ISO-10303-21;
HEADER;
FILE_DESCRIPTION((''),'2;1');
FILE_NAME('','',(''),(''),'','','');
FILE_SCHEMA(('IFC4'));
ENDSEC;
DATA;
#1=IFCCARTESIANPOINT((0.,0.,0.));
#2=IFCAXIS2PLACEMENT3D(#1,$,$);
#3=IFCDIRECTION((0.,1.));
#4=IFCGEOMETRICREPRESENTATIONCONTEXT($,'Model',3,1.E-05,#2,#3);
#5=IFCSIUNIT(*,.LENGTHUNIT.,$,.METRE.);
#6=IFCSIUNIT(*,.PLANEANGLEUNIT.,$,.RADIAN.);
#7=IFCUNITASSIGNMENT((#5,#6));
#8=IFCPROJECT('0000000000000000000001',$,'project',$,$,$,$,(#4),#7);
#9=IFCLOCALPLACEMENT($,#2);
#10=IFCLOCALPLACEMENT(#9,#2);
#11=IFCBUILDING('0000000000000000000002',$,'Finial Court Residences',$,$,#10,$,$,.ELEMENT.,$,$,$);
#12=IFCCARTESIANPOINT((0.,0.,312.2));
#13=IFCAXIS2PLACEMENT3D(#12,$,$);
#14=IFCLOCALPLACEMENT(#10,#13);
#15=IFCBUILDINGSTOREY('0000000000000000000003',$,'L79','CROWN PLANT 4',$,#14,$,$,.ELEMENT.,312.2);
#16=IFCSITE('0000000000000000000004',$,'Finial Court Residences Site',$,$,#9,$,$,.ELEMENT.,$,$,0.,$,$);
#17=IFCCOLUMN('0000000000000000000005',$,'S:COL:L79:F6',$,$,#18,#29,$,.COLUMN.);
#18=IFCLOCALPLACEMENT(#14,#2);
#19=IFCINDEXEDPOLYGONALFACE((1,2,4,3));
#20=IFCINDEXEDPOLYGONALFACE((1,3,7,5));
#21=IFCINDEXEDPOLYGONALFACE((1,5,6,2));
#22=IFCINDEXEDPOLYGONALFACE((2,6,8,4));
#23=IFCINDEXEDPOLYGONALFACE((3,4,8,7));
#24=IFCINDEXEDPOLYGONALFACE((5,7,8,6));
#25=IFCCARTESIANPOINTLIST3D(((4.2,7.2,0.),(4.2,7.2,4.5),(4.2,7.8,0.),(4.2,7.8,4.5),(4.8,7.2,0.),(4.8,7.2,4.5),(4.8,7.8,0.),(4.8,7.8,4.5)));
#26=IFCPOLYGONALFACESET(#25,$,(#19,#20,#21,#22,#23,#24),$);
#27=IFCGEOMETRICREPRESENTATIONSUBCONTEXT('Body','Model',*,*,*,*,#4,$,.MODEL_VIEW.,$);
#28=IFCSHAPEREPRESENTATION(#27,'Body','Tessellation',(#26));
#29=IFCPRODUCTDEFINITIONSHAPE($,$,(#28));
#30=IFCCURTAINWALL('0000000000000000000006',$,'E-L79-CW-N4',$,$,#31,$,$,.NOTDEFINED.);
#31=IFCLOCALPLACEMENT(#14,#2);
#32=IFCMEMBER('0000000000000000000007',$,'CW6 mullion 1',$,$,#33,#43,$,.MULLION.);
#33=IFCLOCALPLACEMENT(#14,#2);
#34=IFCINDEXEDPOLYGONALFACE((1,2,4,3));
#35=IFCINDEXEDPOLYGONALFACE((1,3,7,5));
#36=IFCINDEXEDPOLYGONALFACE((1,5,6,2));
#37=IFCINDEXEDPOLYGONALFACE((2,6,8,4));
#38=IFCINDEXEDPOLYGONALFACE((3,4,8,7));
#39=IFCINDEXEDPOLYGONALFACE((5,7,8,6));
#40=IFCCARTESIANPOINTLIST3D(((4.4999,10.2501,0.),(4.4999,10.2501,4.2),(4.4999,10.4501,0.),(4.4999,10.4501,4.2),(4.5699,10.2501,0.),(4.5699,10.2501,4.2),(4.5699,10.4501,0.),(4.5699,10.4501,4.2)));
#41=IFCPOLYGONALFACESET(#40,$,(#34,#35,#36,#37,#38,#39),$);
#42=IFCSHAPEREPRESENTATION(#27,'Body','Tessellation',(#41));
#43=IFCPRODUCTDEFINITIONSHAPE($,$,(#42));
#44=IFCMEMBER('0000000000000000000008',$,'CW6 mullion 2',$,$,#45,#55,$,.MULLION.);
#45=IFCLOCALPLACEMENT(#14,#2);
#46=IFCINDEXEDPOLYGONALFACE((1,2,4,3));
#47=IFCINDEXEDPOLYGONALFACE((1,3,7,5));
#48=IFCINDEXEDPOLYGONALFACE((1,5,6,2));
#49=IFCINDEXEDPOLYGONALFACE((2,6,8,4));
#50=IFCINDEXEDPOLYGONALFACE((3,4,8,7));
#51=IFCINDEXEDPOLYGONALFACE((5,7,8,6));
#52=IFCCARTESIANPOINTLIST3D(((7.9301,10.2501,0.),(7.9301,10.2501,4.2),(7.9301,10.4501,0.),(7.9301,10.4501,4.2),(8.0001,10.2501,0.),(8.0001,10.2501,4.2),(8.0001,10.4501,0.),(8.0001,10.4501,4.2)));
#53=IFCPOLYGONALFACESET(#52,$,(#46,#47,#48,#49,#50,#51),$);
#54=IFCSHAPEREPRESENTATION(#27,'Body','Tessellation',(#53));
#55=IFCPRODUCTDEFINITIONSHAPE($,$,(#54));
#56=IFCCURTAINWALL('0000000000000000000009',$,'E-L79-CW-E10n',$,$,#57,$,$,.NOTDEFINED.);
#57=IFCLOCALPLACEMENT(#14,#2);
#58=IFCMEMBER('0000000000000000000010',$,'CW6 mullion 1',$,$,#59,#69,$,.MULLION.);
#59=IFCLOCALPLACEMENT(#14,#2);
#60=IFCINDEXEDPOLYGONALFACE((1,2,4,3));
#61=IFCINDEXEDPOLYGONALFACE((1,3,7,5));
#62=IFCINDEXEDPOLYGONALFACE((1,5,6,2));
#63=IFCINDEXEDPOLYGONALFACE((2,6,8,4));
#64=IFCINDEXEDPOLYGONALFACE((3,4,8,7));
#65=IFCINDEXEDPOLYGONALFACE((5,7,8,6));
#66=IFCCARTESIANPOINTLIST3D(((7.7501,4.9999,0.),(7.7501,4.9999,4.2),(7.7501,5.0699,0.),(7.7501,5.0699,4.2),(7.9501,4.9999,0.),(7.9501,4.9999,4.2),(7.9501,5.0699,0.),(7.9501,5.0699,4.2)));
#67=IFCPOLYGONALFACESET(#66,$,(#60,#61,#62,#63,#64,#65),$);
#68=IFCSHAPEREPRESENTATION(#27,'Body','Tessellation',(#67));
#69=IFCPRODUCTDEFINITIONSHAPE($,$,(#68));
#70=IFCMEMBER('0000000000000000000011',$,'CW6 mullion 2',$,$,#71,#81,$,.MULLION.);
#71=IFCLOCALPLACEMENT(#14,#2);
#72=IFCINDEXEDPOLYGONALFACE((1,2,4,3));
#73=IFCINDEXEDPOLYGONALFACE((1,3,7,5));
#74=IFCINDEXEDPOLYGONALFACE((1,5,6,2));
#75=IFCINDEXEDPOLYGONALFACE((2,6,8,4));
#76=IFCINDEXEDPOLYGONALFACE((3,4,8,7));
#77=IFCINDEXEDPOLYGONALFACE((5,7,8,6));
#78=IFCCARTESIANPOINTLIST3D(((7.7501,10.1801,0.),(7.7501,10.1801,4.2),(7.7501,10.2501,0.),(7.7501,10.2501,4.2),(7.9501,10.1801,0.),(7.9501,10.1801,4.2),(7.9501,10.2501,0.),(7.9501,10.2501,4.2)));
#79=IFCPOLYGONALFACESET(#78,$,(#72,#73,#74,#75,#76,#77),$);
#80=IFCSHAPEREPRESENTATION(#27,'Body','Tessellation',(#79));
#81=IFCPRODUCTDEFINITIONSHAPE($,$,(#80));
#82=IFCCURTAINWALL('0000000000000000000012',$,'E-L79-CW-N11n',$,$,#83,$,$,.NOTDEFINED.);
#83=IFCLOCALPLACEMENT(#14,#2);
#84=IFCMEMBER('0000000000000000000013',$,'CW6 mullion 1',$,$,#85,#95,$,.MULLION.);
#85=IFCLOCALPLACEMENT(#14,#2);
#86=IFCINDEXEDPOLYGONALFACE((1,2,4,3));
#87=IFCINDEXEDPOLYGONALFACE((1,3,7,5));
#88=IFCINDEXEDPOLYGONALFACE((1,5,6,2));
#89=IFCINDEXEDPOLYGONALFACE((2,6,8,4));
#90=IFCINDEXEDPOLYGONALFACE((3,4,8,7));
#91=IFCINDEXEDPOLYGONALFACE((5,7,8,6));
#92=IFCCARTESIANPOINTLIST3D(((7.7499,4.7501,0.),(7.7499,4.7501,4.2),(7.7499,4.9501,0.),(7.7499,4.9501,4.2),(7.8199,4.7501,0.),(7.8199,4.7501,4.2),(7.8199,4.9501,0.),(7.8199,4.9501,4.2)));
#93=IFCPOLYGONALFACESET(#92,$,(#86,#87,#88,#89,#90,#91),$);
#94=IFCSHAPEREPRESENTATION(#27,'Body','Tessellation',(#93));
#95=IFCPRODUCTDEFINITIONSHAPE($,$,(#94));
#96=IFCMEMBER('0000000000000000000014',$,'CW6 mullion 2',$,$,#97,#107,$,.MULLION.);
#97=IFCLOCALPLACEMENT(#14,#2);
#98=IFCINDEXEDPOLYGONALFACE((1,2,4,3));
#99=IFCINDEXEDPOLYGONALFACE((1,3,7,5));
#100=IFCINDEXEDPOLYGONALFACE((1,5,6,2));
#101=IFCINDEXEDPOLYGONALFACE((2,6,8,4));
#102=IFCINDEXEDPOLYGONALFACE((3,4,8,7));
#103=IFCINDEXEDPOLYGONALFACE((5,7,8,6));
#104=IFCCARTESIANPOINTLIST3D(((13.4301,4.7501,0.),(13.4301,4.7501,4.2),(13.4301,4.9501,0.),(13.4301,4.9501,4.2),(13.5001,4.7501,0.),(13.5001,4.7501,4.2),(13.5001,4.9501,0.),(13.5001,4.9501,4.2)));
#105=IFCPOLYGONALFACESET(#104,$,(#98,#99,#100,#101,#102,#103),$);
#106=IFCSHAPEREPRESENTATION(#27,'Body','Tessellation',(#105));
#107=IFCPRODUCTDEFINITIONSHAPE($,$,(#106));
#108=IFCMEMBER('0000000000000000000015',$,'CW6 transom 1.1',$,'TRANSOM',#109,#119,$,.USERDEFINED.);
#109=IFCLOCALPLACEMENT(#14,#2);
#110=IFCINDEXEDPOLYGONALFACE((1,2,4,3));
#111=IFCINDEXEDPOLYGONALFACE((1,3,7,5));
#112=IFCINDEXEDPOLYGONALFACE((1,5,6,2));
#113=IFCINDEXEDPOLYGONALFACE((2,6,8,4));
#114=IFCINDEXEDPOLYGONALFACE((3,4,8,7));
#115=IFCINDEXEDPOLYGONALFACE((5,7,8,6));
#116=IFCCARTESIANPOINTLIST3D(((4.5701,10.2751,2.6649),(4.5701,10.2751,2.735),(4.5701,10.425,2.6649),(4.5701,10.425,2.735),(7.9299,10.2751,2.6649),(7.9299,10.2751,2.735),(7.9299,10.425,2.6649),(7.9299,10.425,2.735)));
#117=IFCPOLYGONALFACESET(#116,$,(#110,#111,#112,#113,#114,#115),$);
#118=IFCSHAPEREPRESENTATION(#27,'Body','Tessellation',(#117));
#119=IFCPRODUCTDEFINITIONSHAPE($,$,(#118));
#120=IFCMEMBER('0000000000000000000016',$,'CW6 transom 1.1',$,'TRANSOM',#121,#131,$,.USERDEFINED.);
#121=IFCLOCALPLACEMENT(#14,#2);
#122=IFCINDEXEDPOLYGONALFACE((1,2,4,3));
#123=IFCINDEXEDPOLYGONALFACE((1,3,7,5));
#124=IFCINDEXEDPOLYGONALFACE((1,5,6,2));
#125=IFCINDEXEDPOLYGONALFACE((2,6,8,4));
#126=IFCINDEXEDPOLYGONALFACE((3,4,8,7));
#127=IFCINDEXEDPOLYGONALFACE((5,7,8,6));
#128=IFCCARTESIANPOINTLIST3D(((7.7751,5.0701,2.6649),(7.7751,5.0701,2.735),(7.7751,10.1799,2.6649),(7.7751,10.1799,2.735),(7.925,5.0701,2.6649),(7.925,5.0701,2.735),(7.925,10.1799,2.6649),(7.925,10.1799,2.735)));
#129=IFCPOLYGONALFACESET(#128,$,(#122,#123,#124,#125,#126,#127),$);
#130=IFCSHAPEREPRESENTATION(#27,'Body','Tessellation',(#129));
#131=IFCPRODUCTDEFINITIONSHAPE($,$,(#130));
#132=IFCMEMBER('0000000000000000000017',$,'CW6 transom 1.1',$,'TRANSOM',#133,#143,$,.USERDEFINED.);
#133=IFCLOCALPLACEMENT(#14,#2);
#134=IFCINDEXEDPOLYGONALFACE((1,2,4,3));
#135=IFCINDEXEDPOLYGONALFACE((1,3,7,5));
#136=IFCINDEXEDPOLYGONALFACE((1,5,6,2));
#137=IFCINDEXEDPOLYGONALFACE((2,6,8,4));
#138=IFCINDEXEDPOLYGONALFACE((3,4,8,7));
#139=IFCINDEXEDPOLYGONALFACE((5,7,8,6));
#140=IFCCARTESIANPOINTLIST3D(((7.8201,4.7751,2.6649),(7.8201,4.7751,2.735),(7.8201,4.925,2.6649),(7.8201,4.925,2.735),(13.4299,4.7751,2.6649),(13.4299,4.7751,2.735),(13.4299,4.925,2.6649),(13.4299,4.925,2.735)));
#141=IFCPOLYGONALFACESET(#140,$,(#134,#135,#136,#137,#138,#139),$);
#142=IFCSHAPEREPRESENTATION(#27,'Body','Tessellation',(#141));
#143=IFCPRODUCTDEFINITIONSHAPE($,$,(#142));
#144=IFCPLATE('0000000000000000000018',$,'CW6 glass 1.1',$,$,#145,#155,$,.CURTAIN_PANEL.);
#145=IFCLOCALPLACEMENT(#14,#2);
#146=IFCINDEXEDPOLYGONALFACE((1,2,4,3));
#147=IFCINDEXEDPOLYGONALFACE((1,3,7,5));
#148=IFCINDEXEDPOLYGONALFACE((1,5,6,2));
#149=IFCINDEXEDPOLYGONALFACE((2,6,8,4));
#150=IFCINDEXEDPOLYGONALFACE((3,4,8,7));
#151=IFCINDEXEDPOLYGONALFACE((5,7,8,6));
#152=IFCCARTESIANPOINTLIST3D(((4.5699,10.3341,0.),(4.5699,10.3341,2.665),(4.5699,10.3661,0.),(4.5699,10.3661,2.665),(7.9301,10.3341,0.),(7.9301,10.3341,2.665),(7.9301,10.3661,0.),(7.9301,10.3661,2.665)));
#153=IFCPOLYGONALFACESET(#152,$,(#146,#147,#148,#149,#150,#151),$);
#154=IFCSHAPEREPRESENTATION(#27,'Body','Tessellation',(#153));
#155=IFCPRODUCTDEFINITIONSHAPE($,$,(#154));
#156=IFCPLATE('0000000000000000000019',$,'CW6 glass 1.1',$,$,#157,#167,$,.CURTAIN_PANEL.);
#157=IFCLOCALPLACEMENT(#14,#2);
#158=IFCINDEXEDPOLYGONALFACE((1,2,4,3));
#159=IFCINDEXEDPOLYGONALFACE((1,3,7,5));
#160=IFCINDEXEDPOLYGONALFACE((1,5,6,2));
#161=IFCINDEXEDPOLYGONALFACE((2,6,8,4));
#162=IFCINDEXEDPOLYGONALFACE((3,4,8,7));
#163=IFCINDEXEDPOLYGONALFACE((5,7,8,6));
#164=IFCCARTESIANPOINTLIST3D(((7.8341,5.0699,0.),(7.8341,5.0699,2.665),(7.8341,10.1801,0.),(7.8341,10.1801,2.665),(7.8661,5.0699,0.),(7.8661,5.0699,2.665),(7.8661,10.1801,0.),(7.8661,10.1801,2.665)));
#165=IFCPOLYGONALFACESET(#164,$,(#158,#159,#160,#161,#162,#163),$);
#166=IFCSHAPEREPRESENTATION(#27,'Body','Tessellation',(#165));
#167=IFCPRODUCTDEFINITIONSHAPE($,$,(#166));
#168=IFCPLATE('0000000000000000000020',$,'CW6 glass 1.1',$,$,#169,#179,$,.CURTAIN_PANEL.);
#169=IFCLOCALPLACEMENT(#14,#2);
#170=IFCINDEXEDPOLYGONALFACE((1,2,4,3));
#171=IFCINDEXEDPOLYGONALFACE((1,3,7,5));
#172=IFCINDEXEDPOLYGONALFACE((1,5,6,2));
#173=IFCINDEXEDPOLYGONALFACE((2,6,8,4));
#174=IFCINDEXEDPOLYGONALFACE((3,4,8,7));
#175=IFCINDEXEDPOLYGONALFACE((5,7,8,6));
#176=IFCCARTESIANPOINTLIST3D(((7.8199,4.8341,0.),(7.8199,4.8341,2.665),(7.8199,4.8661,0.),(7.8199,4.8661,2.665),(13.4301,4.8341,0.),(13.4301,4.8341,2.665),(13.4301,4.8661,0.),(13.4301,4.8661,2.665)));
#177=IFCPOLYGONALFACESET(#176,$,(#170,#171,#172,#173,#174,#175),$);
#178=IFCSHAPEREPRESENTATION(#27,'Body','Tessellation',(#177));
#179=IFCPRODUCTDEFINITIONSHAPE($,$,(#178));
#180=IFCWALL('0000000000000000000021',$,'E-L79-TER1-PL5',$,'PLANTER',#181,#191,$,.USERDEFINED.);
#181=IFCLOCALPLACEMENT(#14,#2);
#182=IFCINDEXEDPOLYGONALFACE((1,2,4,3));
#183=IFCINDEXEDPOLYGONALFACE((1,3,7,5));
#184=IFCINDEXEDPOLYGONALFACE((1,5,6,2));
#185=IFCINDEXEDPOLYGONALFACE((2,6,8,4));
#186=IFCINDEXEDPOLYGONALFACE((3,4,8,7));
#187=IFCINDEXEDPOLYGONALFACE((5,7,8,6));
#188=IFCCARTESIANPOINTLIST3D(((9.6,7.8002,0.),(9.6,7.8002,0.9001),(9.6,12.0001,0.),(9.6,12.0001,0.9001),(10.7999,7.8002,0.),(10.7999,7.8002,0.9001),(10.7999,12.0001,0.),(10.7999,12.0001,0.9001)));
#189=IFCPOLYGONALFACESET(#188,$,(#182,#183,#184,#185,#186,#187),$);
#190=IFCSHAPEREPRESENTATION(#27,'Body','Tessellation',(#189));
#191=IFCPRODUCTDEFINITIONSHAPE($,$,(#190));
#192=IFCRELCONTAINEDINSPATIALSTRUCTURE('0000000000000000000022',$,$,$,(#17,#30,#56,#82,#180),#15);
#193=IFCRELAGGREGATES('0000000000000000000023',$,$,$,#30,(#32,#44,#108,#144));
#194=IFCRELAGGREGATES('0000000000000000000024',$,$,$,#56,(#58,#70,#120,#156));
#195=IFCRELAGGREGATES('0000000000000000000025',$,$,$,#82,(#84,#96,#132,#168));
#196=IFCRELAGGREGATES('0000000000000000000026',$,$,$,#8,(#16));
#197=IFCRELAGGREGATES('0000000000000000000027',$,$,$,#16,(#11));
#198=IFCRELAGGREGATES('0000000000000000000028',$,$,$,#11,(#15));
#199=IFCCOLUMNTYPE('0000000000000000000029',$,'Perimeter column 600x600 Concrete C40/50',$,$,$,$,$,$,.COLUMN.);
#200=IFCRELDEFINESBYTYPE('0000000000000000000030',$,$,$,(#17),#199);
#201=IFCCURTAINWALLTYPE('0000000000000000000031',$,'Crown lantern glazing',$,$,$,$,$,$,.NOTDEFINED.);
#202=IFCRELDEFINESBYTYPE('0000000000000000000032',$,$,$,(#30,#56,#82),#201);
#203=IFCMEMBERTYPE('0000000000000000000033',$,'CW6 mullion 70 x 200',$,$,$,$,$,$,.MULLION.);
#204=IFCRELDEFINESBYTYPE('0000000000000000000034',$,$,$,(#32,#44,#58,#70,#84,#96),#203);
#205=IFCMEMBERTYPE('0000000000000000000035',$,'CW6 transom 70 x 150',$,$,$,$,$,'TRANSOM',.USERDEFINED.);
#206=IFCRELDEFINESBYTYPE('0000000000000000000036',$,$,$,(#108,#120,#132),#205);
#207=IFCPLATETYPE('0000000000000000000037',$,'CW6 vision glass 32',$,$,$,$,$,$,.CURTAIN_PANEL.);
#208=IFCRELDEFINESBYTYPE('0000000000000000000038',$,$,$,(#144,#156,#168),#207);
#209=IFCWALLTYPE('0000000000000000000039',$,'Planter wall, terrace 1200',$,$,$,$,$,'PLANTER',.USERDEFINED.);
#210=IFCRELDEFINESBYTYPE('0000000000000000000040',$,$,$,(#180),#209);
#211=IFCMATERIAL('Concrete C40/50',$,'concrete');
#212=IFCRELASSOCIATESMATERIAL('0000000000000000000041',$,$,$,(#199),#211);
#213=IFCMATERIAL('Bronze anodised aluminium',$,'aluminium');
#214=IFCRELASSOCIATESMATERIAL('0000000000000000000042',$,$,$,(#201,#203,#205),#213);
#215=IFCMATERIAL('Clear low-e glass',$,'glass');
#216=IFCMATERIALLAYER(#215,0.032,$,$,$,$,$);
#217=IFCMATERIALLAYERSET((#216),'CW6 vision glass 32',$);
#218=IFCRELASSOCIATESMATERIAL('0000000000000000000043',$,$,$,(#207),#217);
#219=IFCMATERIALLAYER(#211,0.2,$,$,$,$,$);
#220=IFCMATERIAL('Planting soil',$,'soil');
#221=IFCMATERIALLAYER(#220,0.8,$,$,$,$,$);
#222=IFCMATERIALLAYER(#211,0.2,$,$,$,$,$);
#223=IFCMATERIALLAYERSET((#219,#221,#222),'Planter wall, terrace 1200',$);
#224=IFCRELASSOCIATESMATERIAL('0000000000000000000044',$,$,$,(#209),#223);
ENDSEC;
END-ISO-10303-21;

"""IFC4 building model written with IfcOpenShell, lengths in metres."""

from ifc_helpers import new_model, si_unit, direction, frame, frame_2d, origin, origin_2d, place, context, subcontext, project, spatial, rectangle, extrude, material, layer, layer_set, material_profile, profile_set, type_object, element, aggregate, save


model = new_model("IFC4")

# Units and contexts
model_context = context("Model", 3, precision=1e-05, world=origin(), true_north=direction((0.0, 1.0)))
body_context = subcontext(model_context, "Body", "Model", "MODEL_VIEW")
ifc_project = project(units=[si_unit("LENGTHUNIT", "METRE"), si_unit("PLANEANGLEUNIT", "RADIAN")], contexts=[model_context])

# Site, building, storey
site_placement = place(None, origin())
site = spatial("IfcSite", under=ifc_project, at=site_placement, Name="Finial Court Residences Site", CompositionType="ELEMENT", RefElevation=0.0)
building_placement = place(site_placement, origin())
building = spatial("IfcBuilding", under=site, at=building_placement, Name="Finial Court Residences", CompositionType="ELEMENT")
storey_placement = place(building_placement, frame((0.0, 0.0, 312.2)))
storey = spatial("IfcBuildingStorey", under=building, at=storey_placement, Name="L79", Description="CROWN PLANT 4", CompositionType="ELEMENT", Elevation=312.2)

# Column
ifc_material_1 = material(Name="Concrete C40/50", Category="concrete")
ifc_material_profile_1 = material_profile(ifc_material_1, rectangle(XDim=0.6001, YDim=0.6001, at=origin_2d()), Name="600x600")
ifc_profile_set_1 = profile_set([ifc_material_profile_1], Name="Concrete C40/50")
column_type = type_object("IfcColumnType", Name="Perimeter column 600x600 Concrete C40/50", PredefinedType="COLUMN", material=ifc_profile_set_1)
column_placement = place(storey_placement, frame((4.5, 7.5, 0.0), z_axis=(0.0, 0.0, 1.0), x_axis=(1.0, 0.0, 0.0)))
element("IfcColumn", 1, at=column_placement, inside=storey, type_object=column_type, Name="S:COL:L79:F6", PredefinedType="COLUMN", context=body_context, shape_type="SweptSolid", body=[
    extrude(rectangle(XDim=0.6001, YDim=0.6001, at=origin_2d()), origin(), (0.0, 0.0, 1.0), 4.5),
])

# Curtain walls, members
ifc_material_2 = material(Name="Bronze anodised aluminium", Category="aluminium")
curtain_wall_type = type_object("IfcCurtainWallType", Name="Crown lantern glazing", PredefinedType="NOTDEFINED", material=ifc_material_2)
curtain_wall_1_placement = place(storey_placement, origin())
curtain_wall_1 = element("IfcCurtainWall", 2, at=curtain_wall_1_placement, inside=storey, type_object=curtain_wall_type, Name="E-L79-CW-N4", PredefinedType="NOTDEFINED")
ifc_material_profile_2 = material_profile(ifc_material_2, rectangle(XDim=0.2, YDim=0.0701, at=origin_2d()), Name="CW6 mullion 70 x 200")
ifc_profile_set_2 = profile_set([ifc_material_profile_2], Name="Bronze anodised aluminium")
member_type_1 = type_object("IfcMemberType", Name="CW6 mullion 70 x 200", PredefinedType="MULLION", material=ifc_profile_set_2)
member_1_placement = place(storey_placement, frame((4.5349, 10.3501, 0.0), z_axis=(0.0, 0.0, 1.0), x_axis=(0.0, 1.0, 0.0)))
member_1 = element("IfcMember", 3, at=member_1_placement, type_object=member_type_1, Name="CW6 mullion 1", PredefinedType="MULLION", context=body_context, shape_type="SweptSolid", body=[
    extrude(rectangle(XDim=0.2, YDim=0.0701, at=origin_2d()), origin(), (0.0, 0.0, 1.0), 4.2),
])
member_2_placement = place(storey_placement, frame((7.9651, 10.3501, 0.0), z_axis=(0.0, 0.0, 1.0), x_axis=(0.0, 1.0, 0.0)))
member_2 = element("IfcMember", 4, at=member_2_placement, type_object=member_type_1, Name="CW6 mullion 2", PredefinedType="MULLION", context=body_context, shape_type="SweptSolid", body=[
    extrude(rectangle(XDim=0.2, YDim=0.0701, at=origin_2d()), origin(), (0.0, 0.0, 1.0), 4.2),
])
curtain_wall_2_placement = place(storey_placement, origin())
curtain_wall_2 = element("IfcCurtainWall", 5, at=curtain_wall_2_placement, inside=storey, type_object=curtain_wall_type, Name="E-L79-CW-E10n", PredefinedType="NOTDEFINED")
member_3_placement = place(storey_placement, frame((7.8501, 5.0349, 0.0), z_axis=(0.0, 0.0, 1.0), x_axis=(-1.0, 0.0, 0.0)))
member_3 = element("IfcMember", 6, at=member_3_placement, type_object=member_type_1, Name="CW6 mullion 1", PredefinedType="MULLION", context=body_context, shape_type="SweptSolid", body=[
    extrude(rectangle(XDim=0.2, YDim=0.0701, at=origin_2d()), origin(), (0.0, 0.0, 1.0), 4.2),
])
member_4_placement = place(storey_placement, frame((7.8501, 10.2151, 0.0), z_axis=(0.0, 0.0, 1.0), x_axis=(-1.0, 0.0, 0.0)))
member_4 = element("IfcMember", 7, at=member_4_placement, type_object=member_type_1, Name="CW6 mullion 2", PredefinedType="MULLION", context=body_context, shape_type="SweptSolid", body=[
    extrude(rectangle(XDim=0.2, YDim=0.0701, at=origin_2d()), origin(), (0.0, 0.0, 1.0), 4.2),
])
curtain_wall_3_placement = place(storey_placement, origin())
curtain_wall_3 = element("IfcCurtainWall", 8, at=curtain_wall_3_placement, inside=storey, type_object=curtain_wall_type, Name="E-L79-CW-N11n", PredefinedType="NOTDEFINED")
member_5_placement = place(storey_placement, frame((7.7849, 4.8501, 0.0), z_axis=(0.0, 0.0, 1.0), x_axis=(0.0, 1.0, 0.0)))
member_5 = element("IfcMember", 9, at=member_5_placement, type_object=member_type_1, Name="CW6 mullion 1", PredefinedType="MULLION", context=body_context, shape_type="SweptSolid", body=[
    extrude(rectangle(XDim=0.2, YDim=0.0701, at=origin_2d()), origin(), (0.0, 0.0, 1.0), 4.2),
])
member_6_placement = place(storey_placement, frame((13.4651, 4.8501, 0.0), z_axis=(0.0, 0.0, 1.0), x_axis=(0.0, 1.0, 0.0)))
member_6 = element("IfcMember", 10, at=member_6_placement, type_object=member_type_1, Name="CW6 mullion 2", PredefinedType="MULLION", context=body_context, shape_type="SweptSolid", body=[
    extrude(rectangle(XDim=0.2, YDim=0.0701, at=origin_2d()), origin(), (0.0, 0.0, 1.0), 4.2),
])

# Members
ifc_material_profile_3 = material_profile(ifc_material_2, rectangle(XDim=0.1499, YDim=0.0701, at=origin_2d()), Name="CW6 transom 70 x 150")
ifc_profile_set_3 = profile_set([ifc_material_profile_3], Name="Bronze anodised aluminium")
member_type_2 = type_object("IfcMemberType", Name="CW6 transom 70 x 150", ElementType="TRANSOM", PredefinedType="USERDEFINED", material=ifc_profile_set_3)
member_7_placement = place(storey_placement, frame((4.5701, 10.3501, 2.7), z_axis=(1.0, 0.0, 0.0), x_axis=(0.0, 1.0, 0.0)))
member_7 = element("IfcMember", 11, at=member_7_placement, type_object=member_type_2, Name="CW6 transom 1.1", ObjectType="TRANSOM", PredefinedType="USERDEFINED", context=body_context, shape_type="SweptSolid", body=[
    extrude(rectangle(XDim=0.1499, YDim=0.0701, at=origin_2d()), origin(), (0.0, 0.0, 1.0), 3.3599),
])
member_8_placement = place(storey_placement, frame((7.8501, 5.0701, 2.7), z_axis=(0.0, 1.0, 0.0), x_axis=(-1.0, 0.0, 0.0)))
member_8 = element("IfcMember", 12, at=member_8_placement, type_object=member_type_2, Name="CW6 transom 1.1", ObjectType="TRANSOM", PredefinedType="USERDEFINED", context=body_context, shape_type="SweptSolid", body=[
    extrude(rectangle(XDim=0.1499, YDim=0.0701, at=origin_2d()), origin(), (0.0, 0.0, 1.0), 5.1099),
])
member_9_placement = place(storey_placement, frame((7.8201, 4.8501, 2.7), z_axis=(1.0, 0.0, 0.0), x_axis=(0.0, 1.0, 0.0)))
member_9 = element("IfcMember", 13, at=member_9_placement, type_object=member_type_2, Name="CW6 transom 1.1", ObjectType="TRANSOM", PredefinedType="USERDEFINED", context=body_context, shape_type="SweptSolid", body=[
    extrude(rectangle(XDim=0.1499, YDim=0.0701, at=origin_2d()), origin(), (0.0, 0.0, 1.0), 5.6099),
])

# Plates
ifc_material_3 = material(Name="Clear low-e glass", Category="glass")
ifc_layer_1 = layer(ifc_material_3, 0.032)
ifc_layer_set_1 = layer_set([ifc_layer_1], Name="CW6 vision glass 32")
plate_type = type_object("IfcPlateType", Name="CW6 vision glass 32", PredefinedType="CURTAIN_PANEL", material=ifc_layer_set_1)
plate_1_placement = place(storey_placement, frame((6.25, 10.3501, 0.0), z_axis=(0.0, 0.0, 1.0), x_axis=(1.0, 0.0, 0.0)))
plate_1 = element("IfcPlate", 14, at=plate_1_placement, type_object=plate_type, Name="CW6 glass 1.1", PredefinedType="CURTAIN_PANEL", context=body_context, shape_type="SweptSolid", body=[
    extrude(rectangle(XDim=3.3601, YDim=0.032, at=origin_2d()), origin(), (0.0, 0.0, 1.0), 2.665),
])
plate_2_placement = place(storey_placement, frame((7.8501, 7.625, 0.0), z_axis=(0.0, 0.0, 1.0), x_axis=(0.0, 1.0, 0.0)))
plate_2 = element("IfcPlate", 15, at=plate_2_placement, type_object=plate_type, Name="CW6 glass 1.1", PredefinedType="CURTAIN_PANEL", context=body_context, shape_type="SweptSolid", body=[
    extrude(rectangle(XDim=5.1101, YDim=0.032, at=origin_2d()), origin(), (0.0, 0.0, 1.0), 2.665),
])
plate_3_placement = place(storey_placement, frame((10.625, 4.8501, 0.0), z_axis=(0.0, 0.0, 1.0), x_axis=(1.0, 0.0, 0.0)))
plate_3 = element("IfcPlate", 16, at=plate_3_placement, type_object=plate_type, Name="CW6 glass 1.1", PredefinedType="CURTAIN_PANEL", context=body_context, shape_type="SweptSolid", body=[
    extrude(rectangle(XDim=5.6101, YDim=0.032, at=origin_2d()), origin(), (0.0, 0.0, 1.0), 2.665),
])

# Wall
ifc_layer_2 = layer(ifc_material_1, 0.2)
ifc_material_4 = material(Name="Planting soil", Category="soil")
ifc_layer_3 = layer(ifc_material_4, 0.8)
ifc_layer_4 = layer(ifc_material_1, 0.2)
ifc_layer_set_2 = layer_set([ifc_layer_2, ifc_layer_3, ifc_layer_4], Name="Planter wall, terrace 1200")
wall_type = type_object("IfcWallType", Name="Planter wall, terrace 1200", ElementType="PLANTER", PredefinedType="USERDEFINED", material=ifc_layer_set_2)
wall_1_placement = place(storey_placement, frame((10.2, 7.8, 0.0), z_axis=(0.0, 0.0, 1.0), x_axis=(0.0, 1.0, 0.0)))
element("IfcWall", 17, at=wall_1_placement, inside=storey, type_object=wall_type, Name="E-L79-TER1-PL5", ObjectType="PLANTER", PredefinedType="USERDEFINED", context=body_context, shape_type="SweptSolid", body=[
    extrude(rectangle(XDim=4.2, YDim=1.2, at=frame_2d((2.1001, 0.0))), origin(), (0.0, 0.0, 1.0), 0.9001),
])

aggregate(curtain_wall_1, [member_1, member_2, member_7, plate_1])
aggregate(curtain_wall_2, [member_3, member_4, member_8, plate_2])
aggregate(curtain_wall_3, [member_5, member_6, member_9, plate_3])

save(model, "model.ifc")
